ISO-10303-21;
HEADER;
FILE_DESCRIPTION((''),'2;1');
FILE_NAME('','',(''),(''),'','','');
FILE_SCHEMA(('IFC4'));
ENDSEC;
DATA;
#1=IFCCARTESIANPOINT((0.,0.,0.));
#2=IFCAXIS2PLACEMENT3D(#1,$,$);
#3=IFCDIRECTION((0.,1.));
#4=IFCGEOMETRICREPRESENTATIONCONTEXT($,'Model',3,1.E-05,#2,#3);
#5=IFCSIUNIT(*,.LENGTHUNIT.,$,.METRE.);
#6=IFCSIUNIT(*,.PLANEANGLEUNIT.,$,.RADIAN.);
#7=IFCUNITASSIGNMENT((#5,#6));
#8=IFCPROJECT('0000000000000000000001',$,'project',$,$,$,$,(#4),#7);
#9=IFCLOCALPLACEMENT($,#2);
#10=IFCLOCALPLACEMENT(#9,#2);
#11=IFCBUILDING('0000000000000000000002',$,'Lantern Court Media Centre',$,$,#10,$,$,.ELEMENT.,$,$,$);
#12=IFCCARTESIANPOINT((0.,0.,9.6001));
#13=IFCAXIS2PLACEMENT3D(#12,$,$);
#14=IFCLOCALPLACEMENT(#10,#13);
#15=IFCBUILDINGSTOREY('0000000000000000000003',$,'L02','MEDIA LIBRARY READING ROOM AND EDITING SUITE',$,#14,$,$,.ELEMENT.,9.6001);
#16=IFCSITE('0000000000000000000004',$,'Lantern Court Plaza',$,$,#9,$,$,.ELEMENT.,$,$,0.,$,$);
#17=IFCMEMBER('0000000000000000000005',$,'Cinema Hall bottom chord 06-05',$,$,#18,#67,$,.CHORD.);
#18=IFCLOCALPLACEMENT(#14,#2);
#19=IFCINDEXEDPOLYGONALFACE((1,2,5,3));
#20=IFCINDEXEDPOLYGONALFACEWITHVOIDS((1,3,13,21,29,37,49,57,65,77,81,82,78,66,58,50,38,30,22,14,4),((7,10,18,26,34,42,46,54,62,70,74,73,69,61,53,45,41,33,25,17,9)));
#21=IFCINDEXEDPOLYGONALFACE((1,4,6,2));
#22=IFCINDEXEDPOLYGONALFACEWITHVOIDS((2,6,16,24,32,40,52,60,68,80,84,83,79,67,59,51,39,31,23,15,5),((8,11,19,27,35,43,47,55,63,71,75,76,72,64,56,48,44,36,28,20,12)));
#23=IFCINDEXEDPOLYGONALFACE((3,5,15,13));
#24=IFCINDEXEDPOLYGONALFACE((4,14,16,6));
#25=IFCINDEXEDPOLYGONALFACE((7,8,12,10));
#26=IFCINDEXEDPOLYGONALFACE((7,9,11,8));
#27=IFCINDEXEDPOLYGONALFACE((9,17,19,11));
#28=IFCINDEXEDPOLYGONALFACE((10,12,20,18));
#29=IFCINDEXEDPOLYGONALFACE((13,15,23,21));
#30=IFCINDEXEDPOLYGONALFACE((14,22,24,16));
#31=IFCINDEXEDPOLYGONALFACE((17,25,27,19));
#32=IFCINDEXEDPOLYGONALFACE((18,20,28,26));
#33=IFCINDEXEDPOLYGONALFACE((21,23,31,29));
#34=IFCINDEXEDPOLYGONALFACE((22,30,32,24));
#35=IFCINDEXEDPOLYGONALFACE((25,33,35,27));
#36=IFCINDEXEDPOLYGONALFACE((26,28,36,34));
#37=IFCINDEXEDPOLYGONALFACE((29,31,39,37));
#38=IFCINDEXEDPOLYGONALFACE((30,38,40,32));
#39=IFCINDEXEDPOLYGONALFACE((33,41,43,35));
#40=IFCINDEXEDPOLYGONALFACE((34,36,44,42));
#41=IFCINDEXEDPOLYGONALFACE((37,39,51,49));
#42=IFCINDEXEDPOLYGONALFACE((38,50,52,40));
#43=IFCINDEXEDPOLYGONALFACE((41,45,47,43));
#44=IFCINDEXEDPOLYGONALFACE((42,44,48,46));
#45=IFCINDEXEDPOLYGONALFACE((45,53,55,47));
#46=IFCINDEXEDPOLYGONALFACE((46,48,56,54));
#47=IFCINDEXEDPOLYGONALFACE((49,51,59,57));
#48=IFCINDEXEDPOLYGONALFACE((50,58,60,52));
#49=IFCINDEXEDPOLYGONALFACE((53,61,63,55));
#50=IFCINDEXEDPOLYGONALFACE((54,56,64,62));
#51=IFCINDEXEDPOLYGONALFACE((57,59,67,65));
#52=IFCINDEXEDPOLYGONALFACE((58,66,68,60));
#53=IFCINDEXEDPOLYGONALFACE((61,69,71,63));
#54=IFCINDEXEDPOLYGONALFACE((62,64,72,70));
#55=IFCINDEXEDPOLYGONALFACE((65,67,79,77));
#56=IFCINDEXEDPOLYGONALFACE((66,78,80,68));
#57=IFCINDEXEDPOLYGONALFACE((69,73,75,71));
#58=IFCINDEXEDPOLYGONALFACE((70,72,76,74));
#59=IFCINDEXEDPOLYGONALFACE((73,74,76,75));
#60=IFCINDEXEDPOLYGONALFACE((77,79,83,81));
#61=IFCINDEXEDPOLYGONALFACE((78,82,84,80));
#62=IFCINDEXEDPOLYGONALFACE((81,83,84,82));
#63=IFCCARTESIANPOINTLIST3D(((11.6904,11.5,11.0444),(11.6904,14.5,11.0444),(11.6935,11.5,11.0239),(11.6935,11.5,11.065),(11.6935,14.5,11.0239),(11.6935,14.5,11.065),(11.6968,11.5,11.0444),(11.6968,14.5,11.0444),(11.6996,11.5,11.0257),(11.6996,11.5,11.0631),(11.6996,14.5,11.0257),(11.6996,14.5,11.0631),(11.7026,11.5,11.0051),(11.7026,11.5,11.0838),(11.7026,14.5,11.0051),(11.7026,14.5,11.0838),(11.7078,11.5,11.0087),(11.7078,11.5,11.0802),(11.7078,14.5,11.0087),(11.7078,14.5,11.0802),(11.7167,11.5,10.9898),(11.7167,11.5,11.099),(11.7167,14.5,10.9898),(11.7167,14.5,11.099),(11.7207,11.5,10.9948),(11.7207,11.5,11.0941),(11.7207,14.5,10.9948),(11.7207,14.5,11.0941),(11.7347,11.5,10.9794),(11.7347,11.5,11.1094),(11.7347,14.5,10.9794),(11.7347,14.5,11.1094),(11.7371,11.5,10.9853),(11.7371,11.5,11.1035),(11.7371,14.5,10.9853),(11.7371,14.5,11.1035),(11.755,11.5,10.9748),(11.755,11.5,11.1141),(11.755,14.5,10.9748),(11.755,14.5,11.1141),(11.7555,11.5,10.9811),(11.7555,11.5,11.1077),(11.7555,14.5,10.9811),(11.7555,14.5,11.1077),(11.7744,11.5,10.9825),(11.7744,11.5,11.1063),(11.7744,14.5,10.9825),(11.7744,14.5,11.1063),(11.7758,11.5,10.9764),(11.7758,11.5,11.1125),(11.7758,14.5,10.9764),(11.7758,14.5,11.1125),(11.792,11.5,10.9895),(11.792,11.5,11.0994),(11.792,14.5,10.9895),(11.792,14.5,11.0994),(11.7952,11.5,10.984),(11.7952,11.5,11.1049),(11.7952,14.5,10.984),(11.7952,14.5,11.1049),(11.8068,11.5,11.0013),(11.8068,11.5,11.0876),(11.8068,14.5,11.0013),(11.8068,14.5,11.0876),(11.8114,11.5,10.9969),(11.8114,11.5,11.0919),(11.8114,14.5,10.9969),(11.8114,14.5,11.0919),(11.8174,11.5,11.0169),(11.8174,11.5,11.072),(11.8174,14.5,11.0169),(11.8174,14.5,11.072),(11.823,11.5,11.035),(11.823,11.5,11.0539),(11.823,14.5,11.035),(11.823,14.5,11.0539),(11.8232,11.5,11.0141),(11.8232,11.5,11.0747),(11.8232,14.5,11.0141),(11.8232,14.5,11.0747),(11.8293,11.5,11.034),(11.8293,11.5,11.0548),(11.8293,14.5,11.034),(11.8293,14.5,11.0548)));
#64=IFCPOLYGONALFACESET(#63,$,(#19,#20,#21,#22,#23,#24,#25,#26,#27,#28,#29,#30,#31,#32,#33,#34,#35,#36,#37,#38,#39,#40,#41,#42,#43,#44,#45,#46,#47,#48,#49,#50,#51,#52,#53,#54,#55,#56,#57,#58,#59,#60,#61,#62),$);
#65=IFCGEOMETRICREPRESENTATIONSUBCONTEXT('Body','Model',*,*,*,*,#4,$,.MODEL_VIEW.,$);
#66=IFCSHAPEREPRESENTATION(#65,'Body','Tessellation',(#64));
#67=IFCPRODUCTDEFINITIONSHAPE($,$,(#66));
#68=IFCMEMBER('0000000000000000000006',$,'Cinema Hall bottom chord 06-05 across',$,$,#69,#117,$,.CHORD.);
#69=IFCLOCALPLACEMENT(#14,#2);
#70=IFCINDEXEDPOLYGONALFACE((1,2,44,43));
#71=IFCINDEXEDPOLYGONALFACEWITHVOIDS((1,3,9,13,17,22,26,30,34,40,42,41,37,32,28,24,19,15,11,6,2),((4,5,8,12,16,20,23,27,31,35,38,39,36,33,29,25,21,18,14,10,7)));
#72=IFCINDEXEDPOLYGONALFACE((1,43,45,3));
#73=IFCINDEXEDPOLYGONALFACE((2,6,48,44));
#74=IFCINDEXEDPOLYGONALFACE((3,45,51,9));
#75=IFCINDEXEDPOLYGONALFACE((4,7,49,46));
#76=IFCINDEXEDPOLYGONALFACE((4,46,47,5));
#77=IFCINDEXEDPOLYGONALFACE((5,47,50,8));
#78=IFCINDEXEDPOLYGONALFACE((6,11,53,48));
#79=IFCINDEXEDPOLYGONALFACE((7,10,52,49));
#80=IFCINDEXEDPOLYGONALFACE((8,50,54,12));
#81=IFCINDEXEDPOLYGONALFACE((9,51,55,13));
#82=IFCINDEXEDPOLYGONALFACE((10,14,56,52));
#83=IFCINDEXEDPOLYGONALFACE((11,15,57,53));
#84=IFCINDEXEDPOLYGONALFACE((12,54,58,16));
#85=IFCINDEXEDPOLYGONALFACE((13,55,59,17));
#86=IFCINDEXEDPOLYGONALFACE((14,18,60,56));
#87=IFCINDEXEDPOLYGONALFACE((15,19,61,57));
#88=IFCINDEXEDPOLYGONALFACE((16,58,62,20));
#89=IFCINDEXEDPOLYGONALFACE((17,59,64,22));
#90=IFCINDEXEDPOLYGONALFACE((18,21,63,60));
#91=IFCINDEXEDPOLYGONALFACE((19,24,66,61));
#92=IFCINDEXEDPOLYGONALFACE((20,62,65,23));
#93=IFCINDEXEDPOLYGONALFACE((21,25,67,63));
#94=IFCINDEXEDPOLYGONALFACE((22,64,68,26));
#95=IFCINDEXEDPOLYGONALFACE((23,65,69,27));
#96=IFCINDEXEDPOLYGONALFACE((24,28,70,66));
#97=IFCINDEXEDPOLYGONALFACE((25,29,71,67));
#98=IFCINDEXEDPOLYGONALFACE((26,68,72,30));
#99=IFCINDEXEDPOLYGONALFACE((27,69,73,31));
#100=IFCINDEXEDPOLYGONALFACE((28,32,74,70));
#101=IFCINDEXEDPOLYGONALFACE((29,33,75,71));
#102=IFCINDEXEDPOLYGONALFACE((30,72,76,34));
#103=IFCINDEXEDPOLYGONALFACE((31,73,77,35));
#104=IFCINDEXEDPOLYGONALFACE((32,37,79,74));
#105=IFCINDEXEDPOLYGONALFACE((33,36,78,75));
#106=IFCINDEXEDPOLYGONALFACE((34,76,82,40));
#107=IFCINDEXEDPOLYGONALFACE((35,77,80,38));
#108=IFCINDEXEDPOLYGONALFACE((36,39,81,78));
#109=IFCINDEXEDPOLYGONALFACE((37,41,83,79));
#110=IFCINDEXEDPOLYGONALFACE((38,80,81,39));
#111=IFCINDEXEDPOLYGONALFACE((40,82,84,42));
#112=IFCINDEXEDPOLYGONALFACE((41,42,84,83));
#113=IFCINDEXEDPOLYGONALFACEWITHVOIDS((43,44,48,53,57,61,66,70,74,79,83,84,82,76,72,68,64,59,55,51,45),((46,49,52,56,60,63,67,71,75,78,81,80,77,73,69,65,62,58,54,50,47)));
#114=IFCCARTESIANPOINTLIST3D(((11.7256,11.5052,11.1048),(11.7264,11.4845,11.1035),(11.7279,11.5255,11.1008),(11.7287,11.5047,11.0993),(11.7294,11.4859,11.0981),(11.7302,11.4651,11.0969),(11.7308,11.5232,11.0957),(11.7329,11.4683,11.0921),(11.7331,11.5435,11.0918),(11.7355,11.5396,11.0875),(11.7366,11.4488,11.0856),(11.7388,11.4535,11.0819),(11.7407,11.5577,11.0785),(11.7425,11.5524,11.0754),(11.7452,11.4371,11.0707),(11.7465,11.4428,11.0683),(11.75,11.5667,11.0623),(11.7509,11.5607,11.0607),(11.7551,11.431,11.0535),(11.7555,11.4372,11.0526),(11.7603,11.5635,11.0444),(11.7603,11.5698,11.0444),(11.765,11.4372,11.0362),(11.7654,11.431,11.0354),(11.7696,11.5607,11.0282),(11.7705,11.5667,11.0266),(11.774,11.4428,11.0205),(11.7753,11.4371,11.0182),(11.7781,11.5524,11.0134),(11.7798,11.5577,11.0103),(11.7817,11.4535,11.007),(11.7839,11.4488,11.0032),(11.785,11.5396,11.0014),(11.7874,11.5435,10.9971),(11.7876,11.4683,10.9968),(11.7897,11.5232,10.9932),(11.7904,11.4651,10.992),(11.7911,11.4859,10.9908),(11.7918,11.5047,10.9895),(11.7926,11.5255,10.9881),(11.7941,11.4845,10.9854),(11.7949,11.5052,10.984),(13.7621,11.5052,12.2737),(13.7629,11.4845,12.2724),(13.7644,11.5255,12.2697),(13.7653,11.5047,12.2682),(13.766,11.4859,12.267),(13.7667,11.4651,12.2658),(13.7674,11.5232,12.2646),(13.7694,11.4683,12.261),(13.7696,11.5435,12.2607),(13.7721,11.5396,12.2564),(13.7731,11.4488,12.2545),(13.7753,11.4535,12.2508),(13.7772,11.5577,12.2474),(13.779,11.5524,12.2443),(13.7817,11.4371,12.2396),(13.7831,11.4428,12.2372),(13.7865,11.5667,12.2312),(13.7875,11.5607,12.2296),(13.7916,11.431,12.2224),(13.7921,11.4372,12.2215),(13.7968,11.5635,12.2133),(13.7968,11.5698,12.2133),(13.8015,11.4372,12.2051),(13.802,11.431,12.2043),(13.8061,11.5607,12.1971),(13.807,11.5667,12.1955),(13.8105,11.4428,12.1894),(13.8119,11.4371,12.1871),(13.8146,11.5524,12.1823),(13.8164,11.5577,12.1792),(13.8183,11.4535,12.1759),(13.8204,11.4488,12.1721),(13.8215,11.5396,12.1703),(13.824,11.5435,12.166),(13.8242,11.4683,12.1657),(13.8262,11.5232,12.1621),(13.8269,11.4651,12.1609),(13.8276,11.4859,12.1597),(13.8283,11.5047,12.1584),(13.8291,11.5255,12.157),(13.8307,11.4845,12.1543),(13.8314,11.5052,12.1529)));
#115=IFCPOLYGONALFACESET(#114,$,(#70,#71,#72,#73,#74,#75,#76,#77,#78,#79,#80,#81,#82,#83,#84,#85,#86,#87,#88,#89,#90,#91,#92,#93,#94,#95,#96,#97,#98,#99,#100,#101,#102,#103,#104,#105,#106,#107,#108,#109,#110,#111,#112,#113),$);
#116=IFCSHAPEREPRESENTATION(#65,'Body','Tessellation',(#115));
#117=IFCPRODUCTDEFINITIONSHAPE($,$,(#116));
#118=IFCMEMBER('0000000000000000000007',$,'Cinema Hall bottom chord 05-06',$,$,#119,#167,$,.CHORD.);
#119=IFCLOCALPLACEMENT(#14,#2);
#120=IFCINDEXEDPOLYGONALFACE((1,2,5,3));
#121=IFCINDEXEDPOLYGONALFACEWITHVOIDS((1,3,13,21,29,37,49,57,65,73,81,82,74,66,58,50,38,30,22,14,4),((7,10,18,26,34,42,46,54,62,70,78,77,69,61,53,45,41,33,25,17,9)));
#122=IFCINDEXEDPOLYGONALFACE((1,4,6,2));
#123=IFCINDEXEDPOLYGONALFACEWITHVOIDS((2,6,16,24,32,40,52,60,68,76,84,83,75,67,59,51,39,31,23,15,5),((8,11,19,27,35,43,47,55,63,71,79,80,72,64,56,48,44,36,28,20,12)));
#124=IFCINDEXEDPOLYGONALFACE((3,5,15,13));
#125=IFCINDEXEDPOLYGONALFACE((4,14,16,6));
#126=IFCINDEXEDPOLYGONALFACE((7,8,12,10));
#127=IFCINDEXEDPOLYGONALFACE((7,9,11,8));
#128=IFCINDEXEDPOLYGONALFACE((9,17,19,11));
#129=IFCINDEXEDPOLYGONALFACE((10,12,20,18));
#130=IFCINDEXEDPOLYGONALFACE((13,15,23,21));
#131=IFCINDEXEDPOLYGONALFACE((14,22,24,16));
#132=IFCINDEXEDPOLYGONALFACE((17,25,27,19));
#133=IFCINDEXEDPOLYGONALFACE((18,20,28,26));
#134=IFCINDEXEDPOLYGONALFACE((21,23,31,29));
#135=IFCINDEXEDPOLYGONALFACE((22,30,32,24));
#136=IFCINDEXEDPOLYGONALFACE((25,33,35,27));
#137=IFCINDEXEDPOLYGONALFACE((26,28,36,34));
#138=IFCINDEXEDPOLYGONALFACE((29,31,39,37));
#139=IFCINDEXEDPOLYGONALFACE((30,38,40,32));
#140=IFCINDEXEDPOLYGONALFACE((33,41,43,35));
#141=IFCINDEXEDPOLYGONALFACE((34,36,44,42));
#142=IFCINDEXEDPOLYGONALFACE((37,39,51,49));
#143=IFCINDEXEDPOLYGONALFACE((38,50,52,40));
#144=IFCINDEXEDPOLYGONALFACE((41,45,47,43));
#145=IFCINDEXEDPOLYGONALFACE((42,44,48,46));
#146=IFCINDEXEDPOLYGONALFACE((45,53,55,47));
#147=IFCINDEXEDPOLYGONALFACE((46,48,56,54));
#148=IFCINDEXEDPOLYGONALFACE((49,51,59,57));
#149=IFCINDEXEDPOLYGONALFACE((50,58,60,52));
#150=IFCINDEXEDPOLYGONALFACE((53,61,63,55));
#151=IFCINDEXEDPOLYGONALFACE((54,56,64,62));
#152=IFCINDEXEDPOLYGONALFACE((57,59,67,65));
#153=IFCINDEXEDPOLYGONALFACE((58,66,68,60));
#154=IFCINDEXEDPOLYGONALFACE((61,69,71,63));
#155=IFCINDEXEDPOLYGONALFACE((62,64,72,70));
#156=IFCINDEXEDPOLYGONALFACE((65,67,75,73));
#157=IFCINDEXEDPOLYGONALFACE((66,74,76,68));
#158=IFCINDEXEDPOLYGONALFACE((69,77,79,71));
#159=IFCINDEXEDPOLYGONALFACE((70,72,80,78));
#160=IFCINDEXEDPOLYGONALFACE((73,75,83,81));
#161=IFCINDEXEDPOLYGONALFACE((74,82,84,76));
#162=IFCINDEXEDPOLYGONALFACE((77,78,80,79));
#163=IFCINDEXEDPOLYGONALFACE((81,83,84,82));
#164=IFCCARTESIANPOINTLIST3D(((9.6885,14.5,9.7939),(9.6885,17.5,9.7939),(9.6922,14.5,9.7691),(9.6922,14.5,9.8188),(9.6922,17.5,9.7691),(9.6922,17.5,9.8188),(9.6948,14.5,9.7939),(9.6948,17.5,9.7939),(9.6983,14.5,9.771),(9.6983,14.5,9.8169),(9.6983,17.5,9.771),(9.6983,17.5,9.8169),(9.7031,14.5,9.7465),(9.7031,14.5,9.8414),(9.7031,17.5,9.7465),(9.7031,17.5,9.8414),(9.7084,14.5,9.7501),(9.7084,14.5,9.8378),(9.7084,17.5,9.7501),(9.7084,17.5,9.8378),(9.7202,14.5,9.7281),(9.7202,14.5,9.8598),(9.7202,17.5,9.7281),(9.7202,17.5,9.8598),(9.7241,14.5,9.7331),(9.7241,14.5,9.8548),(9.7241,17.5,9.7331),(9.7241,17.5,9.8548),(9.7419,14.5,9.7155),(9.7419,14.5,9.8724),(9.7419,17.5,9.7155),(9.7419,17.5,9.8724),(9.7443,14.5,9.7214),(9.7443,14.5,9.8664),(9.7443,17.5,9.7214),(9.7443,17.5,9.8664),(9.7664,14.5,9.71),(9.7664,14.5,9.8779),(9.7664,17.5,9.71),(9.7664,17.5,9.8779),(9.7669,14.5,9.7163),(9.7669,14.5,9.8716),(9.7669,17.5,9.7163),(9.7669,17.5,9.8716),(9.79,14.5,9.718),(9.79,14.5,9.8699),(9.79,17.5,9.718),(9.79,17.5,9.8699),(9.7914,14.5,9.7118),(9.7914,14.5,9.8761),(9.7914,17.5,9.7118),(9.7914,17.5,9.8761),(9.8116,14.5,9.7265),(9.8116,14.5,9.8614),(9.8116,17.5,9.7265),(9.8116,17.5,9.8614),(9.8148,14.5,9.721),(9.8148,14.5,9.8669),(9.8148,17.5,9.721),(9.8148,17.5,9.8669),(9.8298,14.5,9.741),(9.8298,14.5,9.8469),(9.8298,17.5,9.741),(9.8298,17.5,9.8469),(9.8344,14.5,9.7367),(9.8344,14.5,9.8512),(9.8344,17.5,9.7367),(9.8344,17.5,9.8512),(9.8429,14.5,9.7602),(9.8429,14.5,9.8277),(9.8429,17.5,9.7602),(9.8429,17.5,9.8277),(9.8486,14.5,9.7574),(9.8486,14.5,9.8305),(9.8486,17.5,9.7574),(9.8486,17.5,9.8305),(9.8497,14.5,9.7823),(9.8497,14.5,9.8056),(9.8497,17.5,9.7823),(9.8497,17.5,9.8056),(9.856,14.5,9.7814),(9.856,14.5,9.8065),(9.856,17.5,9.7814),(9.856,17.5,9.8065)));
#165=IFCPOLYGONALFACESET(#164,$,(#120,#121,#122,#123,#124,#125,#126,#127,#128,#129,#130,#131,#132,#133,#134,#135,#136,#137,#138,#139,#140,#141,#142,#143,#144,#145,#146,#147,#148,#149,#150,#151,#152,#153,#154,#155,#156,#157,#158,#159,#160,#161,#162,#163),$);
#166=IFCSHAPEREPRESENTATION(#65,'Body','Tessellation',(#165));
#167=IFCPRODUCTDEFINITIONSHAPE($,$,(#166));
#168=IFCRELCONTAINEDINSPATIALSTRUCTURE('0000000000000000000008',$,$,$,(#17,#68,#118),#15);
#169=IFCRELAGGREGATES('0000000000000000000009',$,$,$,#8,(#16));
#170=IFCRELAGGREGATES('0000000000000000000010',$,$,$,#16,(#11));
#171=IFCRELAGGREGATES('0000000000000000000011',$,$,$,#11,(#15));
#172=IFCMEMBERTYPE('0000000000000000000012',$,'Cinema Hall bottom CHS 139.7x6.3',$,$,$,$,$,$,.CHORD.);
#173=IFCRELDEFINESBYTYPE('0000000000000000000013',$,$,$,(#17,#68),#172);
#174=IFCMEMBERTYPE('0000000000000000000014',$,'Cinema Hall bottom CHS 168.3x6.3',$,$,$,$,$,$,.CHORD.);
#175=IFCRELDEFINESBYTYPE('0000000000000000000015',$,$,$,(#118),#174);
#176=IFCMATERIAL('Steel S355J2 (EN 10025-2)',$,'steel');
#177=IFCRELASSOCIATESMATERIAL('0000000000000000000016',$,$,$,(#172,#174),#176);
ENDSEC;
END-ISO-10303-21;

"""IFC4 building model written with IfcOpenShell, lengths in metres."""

from ifc_helpers import new_model, si_unit, direction, frame, origin, origin_2d, place, context, subcontext, project, spatial, hollow_circle, extrude, material, material_profile, profile_set, type_object, element, save


model = new_model("IFC4")

# Units and contexts
model_context = context("Model", 3, precision=1e-05, world=origin(), true_north=direction((0.0, 1.0)))
body_context = subcontext(model_context, "Body", "Model", "MODEL_VIEW")
ifc_project = project(units=[si_unit("LENGTHUNIT", "METRE"), si_unit("PLANEANGLEUNIT", "RADIAN")], contexts=[model_context])

# Site, building, storey
site_placement = place(None, origin())
site = spatial("IfcSite", under=ifc_project, at=site_placement, Name="Lantern Court Plaza", CompositionType="ELEMENT", RefElevation=0.0)
building_placement = place(site_placement, origin())
building = spatial("IfcBuilding", under=site, at=building_placement, Name="Lantern Court Media Centre", CompositionType="ELEMENT")
storey_placement = place(building_placement, frame((0.0, 0.0, 9.6001)))
storey = spatial("IfcBuildingStorey", under=building, at=storey_placement, Name="L02", Description="MEDIA LIBRARY READING ROOM AND EDITING SUITE", CompositionType="ELEMENT", Elevation=9.6001)

# Members
ifc_material = material(Name="Steel S355J2 (EN 10025-2)", Category="steel")
ifc_material_profile_1 = material_profile(ifc_material, hollow_circle(Radius=0.0698, WallThickness=0.0063, at=origin_2d()), Name="Cinema Hall bottom CHS 139.7x6.3")
ifc_profile_set_1 = profile_set([ifc_material_profile_1], Name="Steel S355J2 (EN 10025-2)")
member_type_1 = type_object("IfcMemberType", Name="Cinema Hall bottom CHS 139.7x6.3", PredefinedType="CHORD", material=ifc_profile_set_1)
member_1_placement = place(storey_placement, frame((11.7603, 11.5, 11.0444), z_axis=(0.0, 1.0, 0.0), x_axis=(-1.0, 0.0, 0.0)))
element("IfcMember", 1, at=member_1_placement, inside=storey, type_object=member_type_1, Name="Cinema Hall bottom chord 06-05", PredefinedType="CHORD", context=body_context, shape_type="SweptSolid", body=[
    extrude(hollow_circle(Radius=0.0698, WallThickness=0.0063, at=origin_2d()), origin(), (0.0, 0.0, 1.0), 3.0),
])
member_2_placement = place(storey_placement, frame((11.7603, 11.5, 11.0444), z_axis=(0.867295, 0.0, 0.497795), x_axis=(0.0, 1.0, 0.0)))
element("IfcMember", 2, at=member_2_placement, inside=storey, type_object=member_type_1, Name="Cinema Hall bottom chord 06-05 across", PredefinedType="CHORD", context=body_context, shape_type="SweptSolid", body=[
    extrude(hollow_circle(Radius=0.0698, WallThickness=0.0063, at=origin_2d()), origin(), (0.0, 0.0, 1.0), 2.3481),
])
ifc_material_profile_2 = material_profile(ifc_material, hollow_circle(Radius=0.0842, WallThickness=0.0063, at=origin_2d()), Name="Cinema Hall bottom CHS 168.3x6.3")
ifc_profile_set_2 = profile_set([ifc_material_profile_2], Name="Steel S355J2 (EN 10025-2)")
member_type_2 = type_object("IfcMemberType", Name="Cinema Hall bottom CHS 168.3x6.3", PredefinedType="CHORD", material=ifc_profile_set_2)
for number, where, z_axis, x_axis, name in (
    (3, (9.7727, 14.5, 9.7939), (0.0, 1.0, 0.0), (-1.0, 0.0, 0.0), "Cinema Hall bottom chord 05-06"),
):
    element("IfcMember", number, at=place(storey_placement, frame(where, z_axis=z_axis, x_axis=x_axis)), inside=storey, type_object=member_type_2, Name=name, PredefinedType="CHORD", context=body_context, shape_type="SweptSolid", body=[
        extrude(hollow_circle(Radius=0.0842, WallThickness=0.0063, at=origin_2d()), origin(), (0.0, 0.0, 1.0), 3.0),
    ])

save(model, "model.ifc")
